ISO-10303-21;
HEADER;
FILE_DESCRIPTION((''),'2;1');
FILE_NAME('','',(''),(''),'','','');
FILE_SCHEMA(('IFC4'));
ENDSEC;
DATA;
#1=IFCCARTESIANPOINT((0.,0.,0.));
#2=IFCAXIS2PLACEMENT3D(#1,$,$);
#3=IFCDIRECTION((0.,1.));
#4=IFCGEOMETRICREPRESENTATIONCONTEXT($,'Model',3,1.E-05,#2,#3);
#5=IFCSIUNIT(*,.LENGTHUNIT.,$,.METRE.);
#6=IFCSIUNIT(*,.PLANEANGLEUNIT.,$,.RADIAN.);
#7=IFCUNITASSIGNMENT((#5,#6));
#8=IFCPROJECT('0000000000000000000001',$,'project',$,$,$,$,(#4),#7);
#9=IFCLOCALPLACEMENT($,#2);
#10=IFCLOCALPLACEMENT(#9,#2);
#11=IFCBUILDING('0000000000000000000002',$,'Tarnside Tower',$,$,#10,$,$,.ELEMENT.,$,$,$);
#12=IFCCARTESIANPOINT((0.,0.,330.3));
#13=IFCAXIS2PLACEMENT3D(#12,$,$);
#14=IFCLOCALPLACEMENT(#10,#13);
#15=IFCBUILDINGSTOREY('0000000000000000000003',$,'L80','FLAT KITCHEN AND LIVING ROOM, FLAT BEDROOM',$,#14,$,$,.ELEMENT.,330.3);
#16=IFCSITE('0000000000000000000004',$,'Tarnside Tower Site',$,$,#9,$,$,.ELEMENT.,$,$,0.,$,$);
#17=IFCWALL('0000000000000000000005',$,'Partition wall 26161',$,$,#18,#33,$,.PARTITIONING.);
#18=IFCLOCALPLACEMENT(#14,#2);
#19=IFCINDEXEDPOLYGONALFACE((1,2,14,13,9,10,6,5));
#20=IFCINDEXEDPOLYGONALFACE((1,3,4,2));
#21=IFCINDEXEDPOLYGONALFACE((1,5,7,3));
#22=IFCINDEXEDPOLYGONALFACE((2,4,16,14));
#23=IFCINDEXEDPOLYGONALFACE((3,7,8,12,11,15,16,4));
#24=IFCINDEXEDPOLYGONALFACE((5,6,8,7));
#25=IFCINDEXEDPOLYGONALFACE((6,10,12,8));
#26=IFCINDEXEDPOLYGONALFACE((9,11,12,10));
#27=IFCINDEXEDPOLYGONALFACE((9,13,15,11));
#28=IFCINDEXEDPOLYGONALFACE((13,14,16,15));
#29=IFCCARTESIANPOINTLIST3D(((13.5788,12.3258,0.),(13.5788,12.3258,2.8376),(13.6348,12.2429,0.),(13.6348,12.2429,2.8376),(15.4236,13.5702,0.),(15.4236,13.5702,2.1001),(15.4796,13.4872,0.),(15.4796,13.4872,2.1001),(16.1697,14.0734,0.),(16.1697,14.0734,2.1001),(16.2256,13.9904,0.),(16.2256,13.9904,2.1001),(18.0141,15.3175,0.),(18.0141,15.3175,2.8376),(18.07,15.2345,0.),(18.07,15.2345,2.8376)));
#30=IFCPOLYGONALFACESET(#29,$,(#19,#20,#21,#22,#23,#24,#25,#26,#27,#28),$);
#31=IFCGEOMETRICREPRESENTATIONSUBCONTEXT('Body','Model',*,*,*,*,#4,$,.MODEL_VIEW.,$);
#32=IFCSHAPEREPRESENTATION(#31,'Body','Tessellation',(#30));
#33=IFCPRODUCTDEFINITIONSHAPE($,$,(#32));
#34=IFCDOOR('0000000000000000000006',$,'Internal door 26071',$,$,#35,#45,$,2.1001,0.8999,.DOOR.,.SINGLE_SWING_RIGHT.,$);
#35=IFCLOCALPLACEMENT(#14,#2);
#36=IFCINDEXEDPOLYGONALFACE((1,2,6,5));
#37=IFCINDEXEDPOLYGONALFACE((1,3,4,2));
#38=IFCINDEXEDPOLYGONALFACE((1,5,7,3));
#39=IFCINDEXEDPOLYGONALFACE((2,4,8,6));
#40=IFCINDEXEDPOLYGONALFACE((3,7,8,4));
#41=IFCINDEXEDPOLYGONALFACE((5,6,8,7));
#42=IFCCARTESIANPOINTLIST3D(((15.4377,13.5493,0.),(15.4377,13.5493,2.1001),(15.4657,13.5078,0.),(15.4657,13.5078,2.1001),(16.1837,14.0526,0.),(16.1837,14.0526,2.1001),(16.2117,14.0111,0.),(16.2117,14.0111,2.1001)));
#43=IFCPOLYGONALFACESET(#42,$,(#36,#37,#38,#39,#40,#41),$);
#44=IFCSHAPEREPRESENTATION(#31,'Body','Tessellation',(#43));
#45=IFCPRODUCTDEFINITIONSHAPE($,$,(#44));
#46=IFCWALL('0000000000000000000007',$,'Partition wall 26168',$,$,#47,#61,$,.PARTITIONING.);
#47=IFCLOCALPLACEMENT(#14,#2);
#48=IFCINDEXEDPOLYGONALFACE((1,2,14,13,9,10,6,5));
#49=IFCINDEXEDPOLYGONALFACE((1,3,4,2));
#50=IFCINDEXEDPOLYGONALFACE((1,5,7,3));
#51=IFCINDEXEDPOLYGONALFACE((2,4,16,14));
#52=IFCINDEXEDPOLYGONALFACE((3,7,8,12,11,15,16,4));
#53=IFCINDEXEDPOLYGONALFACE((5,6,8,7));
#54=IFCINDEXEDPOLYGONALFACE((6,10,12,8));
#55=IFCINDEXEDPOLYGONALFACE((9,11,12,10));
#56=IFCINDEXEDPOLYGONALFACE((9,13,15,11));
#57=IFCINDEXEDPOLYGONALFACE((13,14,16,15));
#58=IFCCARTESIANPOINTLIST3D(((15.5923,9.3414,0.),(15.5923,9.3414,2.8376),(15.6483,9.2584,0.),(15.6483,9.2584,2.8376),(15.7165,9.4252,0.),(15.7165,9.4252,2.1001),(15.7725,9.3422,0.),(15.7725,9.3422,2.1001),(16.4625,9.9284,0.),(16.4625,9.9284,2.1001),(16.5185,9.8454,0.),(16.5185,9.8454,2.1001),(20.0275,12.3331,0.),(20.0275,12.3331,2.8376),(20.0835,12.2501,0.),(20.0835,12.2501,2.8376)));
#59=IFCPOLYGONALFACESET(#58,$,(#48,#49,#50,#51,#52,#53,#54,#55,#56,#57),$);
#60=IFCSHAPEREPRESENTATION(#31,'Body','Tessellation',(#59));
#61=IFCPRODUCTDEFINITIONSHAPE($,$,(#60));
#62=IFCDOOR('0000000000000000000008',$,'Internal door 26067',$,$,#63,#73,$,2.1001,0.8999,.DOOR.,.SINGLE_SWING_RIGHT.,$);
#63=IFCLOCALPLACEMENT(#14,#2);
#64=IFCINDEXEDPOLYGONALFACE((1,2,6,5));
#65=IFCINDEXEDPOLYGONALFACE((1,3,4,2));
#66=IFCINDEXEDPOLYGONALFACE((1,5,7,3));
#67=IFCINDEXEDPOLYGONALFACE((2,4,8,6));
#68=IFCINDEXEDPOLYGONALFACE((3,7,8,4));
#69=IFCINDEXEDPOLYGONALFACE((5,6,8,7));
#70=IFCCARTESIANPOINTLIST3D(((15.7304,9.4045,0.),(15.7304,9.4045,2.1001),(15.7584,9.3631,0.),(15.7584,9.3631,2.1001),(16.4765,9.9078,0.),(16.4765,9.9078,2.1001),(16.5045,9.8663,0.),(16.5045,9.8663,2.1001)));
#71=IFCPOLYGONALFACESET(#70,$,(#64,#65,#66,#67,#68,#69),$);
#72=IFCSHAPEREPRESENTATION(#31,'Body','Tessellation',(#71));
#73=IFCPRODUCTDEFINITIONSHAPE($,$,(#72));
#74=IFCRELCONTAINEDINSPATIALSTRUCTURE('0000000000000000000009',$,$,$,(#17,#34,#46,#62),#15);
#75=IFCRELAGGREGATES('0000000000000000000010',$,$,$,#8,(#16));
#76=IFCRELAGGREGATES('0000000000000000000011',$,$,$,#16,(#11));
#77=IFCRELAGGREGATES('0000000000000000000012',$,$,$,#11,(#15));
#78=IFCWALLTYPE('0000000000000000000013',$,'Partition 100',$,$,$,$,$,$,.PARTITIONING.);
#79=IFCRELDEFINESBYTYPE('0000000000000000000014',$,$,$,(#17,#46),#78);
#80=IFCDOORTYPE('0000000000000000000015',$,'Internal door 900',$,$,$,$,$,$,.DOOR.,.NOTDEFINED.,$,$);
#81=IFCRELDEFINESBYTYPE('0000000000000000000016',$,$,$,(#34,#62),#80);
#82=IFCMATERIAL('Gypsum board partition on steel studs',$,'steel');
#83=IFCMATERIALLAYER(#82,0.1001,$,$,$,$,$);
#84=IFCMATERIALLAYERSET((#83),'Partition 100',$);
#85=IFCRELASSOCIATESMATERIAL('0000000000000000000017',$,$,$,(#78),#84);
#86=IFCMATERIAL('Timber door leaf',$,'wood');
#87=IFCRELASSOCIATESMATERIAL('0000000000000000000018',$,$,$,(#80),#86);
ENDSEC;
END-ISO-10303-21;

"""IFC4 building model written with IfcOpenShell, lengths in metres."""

from ifc_helpers import new_model, si_unit, direction, frame, frame_2d, origin, place, context, subcontext, project, spatial, rectangle, extrude, material, layer, layer_set, type_object, element, fill, save


model = new_model("IFC4")

# Units and contexts
model_context = context("Model", 3, precision=1e-05, world=origin(), true_north=direction((0.0, 1.0)))
body_context = subcontext(model_context, "Body", "Model", "MODEL_VIEW")
ifc_project = project(units=[si_unit("LENGTHUNIT", "METRE"), si_unit("PLANEANGLEUNIT", "RADIAN")], contexts=[model_context])

# Site, building, storey
site_placement = place(None, origin())
site = spatial("IfcSite", under=ifc_project, at=site_placement, Name="Tarnside Tower Site", CompositionType="ELEMENT", RefElevation=0.0)
building_placement = place(site_placement, origin())
building = spatial("IfcBuilding", under=site, at=building_placement, Name="Tarnside Tower", CompositionType="ELEMENT")
storey_placement = place(building_placement, frame((0.0, 0.0, 330.3)))
storey = spatial("IfcBuildingStorey", under=building, at=storey_placement, Name="L80", Description="FLAT KITCHEN AND LIVING ROOM, FLAT BEDROOM", CompositionType="ELEMENT", Elevation=330.3)

# Shared definitions
ifc_material_1 = material(Name="Gypsum board partition on steel studs", Category="steel")

# Shared definitions
ifc_material_2 = material(Name="Timber door leaf", Category="wood")

# Shared definitions
ifc_layer_1 = layer(ifc_material_1, 0.1001)
ifc_layer_set_1 = layer_set([ifc_layer_1], Name="Partition 100")
wall_type_1 = type_object("IfcWallType", Name="Partition 100", PredefinedType="PARTITIONING", material=ifc_layer_set_1)

# Walls, openings, doors
wall_1_placement = place(storey_placement, frame((13.6069, 12.2844, 0.0), z_axis=(0.0, 0.0, 1.0), x_axis=(0.829033, 0.559199, 0.0)))
wall_1 = element("IfcWall", 1, at=wall_1_placement, inside=storey, type_object=wall_type_1, Name="Partition wall 26161", PredefinedType="PARTITIONING", context=body_context, shape_type="SweptSolid", body=[
    extrude(rectangle(XDim=5.3499, YDim=0.1001, at=frame_2d((2.6748, 0.0))), origin(), (0.0, 0.0, 1.0), 2.8376),
])
opening_1_placement = place(wall_1_placement, frame((2.2251, 0.0, 0.0)))
opening_1 = element("IfcOpeningElement", 2, at=opening_1_placement, cuts=wall_1, PredefinedType="OPENING", context=body_context, shape_type="SweptSolid", body=[
    extrude(rectangle(XDim=0.8999, YDim=2.1001, at=frame_2d((0.45, 1.05))), frame((0.0, 0.0601, 0.0), z_axis=(0.0, -1.0, 0.0), x_axis=(1.0, 0.0, 0.0)), (0.0, 0.0, 1.0), 0.1201),
])
door_type_1 = type_object("IfcDoorType", Name="Internal door 900", OperationType="NOTDEFINED", PredefinedType="DOOR", material=ifc_material_2)
door_1_placement = place(opening_1_placement, origin())
door_1 = element("IfcDoor", 3, at=door_1_placement, inside=storey, type_object=door_type_1, Name="Internal door 26071", OperationType="SINGLE_SWING_RIGHT", OverallHeight=2.1001, OverallWidth=0.8999, PredefinedType="DOOR", context=body_context, shape_type="SweptSolid", body=[
    extrude(rectangle(XDim=0.8999, YDim=2.1001, at=frame_2d((0.45, 1.05))), frame((0.0, 0.0249, 0.0), z_axis=(0.0, -1.0, 0.0), x_axis=(1.0, 0.0, 0.0)), (0.0, 0.0, 1.0), 0.05),
])
fill(opening_1, door_1)
wall_2_placement = place(storey_placement, frame((20.0554, 12.2915, 0.0), z_axis=(0.0, 0.0, 1.0), x_axis=(-0.829033, -0.559199, 0.0)))
wall_2 = element("IfcWall", 4, at=wall_2_placement, inside=storey, type_object=wall_type_1, Name="Partition wall 26168", PredefinedType="PARTITIONING", context=body_context, shape_type="SweptSolid", body=[
    extrude(rectangle(XDim=5.3499, YDim=0.1001, at=frame_2d((2.6748, 0.0))), origin(), (0.0, 0.0, 1.0), 2.8376),
])
opening_2_placement = place(wall_2_placement, frame((4.3, 0.0, 0.0)))
opening_2 = element("IfcOpeningElement", 5, at=opening_2_placement, cuts=wall_2, PredefinedType="OPENING", context=body_context, shape_type="SweptSolid", body=[
    extrude(rectangle(XDim=0.8999, YDim=2.1001, at=frame_2d((0.45, 1.05))), frame((0.0, 0.0601, 0.0), z_axis=(0.0, -1.0, 0.0), x_axis=(1.0, 0.0, 0.0)), (0.0, 0.0, 1.0), 0.1201),
])
door_2_placement = place(opening_2_placement, origin())
door_2 = element("IfcDoor", 6, at=door_2_placement, inside=storey, type_object=door_type_1, Name="Internal door 26067", OperationType="SINGLE_SWING_RIGHT", OverallHeight=2.1001, OverallWidth=0.8999, PredefinedType="DOOR", context=body_context, shape_type="SweptSolid", body=[
    extrude(rectangle(XDim=0.8999, YDim=2.1001, at=frame_2d((0.45, 1.05))), frame((0.0, 0.0249, 0.0), z_axis=(0.0, -1.0, 0.0), x_axis=(1.0, 0.0, 0.0)), (0.0, 0.0, 1.0), 0.05),
])
fill(opening_2, door_2)

save(model, "model.ifc")
